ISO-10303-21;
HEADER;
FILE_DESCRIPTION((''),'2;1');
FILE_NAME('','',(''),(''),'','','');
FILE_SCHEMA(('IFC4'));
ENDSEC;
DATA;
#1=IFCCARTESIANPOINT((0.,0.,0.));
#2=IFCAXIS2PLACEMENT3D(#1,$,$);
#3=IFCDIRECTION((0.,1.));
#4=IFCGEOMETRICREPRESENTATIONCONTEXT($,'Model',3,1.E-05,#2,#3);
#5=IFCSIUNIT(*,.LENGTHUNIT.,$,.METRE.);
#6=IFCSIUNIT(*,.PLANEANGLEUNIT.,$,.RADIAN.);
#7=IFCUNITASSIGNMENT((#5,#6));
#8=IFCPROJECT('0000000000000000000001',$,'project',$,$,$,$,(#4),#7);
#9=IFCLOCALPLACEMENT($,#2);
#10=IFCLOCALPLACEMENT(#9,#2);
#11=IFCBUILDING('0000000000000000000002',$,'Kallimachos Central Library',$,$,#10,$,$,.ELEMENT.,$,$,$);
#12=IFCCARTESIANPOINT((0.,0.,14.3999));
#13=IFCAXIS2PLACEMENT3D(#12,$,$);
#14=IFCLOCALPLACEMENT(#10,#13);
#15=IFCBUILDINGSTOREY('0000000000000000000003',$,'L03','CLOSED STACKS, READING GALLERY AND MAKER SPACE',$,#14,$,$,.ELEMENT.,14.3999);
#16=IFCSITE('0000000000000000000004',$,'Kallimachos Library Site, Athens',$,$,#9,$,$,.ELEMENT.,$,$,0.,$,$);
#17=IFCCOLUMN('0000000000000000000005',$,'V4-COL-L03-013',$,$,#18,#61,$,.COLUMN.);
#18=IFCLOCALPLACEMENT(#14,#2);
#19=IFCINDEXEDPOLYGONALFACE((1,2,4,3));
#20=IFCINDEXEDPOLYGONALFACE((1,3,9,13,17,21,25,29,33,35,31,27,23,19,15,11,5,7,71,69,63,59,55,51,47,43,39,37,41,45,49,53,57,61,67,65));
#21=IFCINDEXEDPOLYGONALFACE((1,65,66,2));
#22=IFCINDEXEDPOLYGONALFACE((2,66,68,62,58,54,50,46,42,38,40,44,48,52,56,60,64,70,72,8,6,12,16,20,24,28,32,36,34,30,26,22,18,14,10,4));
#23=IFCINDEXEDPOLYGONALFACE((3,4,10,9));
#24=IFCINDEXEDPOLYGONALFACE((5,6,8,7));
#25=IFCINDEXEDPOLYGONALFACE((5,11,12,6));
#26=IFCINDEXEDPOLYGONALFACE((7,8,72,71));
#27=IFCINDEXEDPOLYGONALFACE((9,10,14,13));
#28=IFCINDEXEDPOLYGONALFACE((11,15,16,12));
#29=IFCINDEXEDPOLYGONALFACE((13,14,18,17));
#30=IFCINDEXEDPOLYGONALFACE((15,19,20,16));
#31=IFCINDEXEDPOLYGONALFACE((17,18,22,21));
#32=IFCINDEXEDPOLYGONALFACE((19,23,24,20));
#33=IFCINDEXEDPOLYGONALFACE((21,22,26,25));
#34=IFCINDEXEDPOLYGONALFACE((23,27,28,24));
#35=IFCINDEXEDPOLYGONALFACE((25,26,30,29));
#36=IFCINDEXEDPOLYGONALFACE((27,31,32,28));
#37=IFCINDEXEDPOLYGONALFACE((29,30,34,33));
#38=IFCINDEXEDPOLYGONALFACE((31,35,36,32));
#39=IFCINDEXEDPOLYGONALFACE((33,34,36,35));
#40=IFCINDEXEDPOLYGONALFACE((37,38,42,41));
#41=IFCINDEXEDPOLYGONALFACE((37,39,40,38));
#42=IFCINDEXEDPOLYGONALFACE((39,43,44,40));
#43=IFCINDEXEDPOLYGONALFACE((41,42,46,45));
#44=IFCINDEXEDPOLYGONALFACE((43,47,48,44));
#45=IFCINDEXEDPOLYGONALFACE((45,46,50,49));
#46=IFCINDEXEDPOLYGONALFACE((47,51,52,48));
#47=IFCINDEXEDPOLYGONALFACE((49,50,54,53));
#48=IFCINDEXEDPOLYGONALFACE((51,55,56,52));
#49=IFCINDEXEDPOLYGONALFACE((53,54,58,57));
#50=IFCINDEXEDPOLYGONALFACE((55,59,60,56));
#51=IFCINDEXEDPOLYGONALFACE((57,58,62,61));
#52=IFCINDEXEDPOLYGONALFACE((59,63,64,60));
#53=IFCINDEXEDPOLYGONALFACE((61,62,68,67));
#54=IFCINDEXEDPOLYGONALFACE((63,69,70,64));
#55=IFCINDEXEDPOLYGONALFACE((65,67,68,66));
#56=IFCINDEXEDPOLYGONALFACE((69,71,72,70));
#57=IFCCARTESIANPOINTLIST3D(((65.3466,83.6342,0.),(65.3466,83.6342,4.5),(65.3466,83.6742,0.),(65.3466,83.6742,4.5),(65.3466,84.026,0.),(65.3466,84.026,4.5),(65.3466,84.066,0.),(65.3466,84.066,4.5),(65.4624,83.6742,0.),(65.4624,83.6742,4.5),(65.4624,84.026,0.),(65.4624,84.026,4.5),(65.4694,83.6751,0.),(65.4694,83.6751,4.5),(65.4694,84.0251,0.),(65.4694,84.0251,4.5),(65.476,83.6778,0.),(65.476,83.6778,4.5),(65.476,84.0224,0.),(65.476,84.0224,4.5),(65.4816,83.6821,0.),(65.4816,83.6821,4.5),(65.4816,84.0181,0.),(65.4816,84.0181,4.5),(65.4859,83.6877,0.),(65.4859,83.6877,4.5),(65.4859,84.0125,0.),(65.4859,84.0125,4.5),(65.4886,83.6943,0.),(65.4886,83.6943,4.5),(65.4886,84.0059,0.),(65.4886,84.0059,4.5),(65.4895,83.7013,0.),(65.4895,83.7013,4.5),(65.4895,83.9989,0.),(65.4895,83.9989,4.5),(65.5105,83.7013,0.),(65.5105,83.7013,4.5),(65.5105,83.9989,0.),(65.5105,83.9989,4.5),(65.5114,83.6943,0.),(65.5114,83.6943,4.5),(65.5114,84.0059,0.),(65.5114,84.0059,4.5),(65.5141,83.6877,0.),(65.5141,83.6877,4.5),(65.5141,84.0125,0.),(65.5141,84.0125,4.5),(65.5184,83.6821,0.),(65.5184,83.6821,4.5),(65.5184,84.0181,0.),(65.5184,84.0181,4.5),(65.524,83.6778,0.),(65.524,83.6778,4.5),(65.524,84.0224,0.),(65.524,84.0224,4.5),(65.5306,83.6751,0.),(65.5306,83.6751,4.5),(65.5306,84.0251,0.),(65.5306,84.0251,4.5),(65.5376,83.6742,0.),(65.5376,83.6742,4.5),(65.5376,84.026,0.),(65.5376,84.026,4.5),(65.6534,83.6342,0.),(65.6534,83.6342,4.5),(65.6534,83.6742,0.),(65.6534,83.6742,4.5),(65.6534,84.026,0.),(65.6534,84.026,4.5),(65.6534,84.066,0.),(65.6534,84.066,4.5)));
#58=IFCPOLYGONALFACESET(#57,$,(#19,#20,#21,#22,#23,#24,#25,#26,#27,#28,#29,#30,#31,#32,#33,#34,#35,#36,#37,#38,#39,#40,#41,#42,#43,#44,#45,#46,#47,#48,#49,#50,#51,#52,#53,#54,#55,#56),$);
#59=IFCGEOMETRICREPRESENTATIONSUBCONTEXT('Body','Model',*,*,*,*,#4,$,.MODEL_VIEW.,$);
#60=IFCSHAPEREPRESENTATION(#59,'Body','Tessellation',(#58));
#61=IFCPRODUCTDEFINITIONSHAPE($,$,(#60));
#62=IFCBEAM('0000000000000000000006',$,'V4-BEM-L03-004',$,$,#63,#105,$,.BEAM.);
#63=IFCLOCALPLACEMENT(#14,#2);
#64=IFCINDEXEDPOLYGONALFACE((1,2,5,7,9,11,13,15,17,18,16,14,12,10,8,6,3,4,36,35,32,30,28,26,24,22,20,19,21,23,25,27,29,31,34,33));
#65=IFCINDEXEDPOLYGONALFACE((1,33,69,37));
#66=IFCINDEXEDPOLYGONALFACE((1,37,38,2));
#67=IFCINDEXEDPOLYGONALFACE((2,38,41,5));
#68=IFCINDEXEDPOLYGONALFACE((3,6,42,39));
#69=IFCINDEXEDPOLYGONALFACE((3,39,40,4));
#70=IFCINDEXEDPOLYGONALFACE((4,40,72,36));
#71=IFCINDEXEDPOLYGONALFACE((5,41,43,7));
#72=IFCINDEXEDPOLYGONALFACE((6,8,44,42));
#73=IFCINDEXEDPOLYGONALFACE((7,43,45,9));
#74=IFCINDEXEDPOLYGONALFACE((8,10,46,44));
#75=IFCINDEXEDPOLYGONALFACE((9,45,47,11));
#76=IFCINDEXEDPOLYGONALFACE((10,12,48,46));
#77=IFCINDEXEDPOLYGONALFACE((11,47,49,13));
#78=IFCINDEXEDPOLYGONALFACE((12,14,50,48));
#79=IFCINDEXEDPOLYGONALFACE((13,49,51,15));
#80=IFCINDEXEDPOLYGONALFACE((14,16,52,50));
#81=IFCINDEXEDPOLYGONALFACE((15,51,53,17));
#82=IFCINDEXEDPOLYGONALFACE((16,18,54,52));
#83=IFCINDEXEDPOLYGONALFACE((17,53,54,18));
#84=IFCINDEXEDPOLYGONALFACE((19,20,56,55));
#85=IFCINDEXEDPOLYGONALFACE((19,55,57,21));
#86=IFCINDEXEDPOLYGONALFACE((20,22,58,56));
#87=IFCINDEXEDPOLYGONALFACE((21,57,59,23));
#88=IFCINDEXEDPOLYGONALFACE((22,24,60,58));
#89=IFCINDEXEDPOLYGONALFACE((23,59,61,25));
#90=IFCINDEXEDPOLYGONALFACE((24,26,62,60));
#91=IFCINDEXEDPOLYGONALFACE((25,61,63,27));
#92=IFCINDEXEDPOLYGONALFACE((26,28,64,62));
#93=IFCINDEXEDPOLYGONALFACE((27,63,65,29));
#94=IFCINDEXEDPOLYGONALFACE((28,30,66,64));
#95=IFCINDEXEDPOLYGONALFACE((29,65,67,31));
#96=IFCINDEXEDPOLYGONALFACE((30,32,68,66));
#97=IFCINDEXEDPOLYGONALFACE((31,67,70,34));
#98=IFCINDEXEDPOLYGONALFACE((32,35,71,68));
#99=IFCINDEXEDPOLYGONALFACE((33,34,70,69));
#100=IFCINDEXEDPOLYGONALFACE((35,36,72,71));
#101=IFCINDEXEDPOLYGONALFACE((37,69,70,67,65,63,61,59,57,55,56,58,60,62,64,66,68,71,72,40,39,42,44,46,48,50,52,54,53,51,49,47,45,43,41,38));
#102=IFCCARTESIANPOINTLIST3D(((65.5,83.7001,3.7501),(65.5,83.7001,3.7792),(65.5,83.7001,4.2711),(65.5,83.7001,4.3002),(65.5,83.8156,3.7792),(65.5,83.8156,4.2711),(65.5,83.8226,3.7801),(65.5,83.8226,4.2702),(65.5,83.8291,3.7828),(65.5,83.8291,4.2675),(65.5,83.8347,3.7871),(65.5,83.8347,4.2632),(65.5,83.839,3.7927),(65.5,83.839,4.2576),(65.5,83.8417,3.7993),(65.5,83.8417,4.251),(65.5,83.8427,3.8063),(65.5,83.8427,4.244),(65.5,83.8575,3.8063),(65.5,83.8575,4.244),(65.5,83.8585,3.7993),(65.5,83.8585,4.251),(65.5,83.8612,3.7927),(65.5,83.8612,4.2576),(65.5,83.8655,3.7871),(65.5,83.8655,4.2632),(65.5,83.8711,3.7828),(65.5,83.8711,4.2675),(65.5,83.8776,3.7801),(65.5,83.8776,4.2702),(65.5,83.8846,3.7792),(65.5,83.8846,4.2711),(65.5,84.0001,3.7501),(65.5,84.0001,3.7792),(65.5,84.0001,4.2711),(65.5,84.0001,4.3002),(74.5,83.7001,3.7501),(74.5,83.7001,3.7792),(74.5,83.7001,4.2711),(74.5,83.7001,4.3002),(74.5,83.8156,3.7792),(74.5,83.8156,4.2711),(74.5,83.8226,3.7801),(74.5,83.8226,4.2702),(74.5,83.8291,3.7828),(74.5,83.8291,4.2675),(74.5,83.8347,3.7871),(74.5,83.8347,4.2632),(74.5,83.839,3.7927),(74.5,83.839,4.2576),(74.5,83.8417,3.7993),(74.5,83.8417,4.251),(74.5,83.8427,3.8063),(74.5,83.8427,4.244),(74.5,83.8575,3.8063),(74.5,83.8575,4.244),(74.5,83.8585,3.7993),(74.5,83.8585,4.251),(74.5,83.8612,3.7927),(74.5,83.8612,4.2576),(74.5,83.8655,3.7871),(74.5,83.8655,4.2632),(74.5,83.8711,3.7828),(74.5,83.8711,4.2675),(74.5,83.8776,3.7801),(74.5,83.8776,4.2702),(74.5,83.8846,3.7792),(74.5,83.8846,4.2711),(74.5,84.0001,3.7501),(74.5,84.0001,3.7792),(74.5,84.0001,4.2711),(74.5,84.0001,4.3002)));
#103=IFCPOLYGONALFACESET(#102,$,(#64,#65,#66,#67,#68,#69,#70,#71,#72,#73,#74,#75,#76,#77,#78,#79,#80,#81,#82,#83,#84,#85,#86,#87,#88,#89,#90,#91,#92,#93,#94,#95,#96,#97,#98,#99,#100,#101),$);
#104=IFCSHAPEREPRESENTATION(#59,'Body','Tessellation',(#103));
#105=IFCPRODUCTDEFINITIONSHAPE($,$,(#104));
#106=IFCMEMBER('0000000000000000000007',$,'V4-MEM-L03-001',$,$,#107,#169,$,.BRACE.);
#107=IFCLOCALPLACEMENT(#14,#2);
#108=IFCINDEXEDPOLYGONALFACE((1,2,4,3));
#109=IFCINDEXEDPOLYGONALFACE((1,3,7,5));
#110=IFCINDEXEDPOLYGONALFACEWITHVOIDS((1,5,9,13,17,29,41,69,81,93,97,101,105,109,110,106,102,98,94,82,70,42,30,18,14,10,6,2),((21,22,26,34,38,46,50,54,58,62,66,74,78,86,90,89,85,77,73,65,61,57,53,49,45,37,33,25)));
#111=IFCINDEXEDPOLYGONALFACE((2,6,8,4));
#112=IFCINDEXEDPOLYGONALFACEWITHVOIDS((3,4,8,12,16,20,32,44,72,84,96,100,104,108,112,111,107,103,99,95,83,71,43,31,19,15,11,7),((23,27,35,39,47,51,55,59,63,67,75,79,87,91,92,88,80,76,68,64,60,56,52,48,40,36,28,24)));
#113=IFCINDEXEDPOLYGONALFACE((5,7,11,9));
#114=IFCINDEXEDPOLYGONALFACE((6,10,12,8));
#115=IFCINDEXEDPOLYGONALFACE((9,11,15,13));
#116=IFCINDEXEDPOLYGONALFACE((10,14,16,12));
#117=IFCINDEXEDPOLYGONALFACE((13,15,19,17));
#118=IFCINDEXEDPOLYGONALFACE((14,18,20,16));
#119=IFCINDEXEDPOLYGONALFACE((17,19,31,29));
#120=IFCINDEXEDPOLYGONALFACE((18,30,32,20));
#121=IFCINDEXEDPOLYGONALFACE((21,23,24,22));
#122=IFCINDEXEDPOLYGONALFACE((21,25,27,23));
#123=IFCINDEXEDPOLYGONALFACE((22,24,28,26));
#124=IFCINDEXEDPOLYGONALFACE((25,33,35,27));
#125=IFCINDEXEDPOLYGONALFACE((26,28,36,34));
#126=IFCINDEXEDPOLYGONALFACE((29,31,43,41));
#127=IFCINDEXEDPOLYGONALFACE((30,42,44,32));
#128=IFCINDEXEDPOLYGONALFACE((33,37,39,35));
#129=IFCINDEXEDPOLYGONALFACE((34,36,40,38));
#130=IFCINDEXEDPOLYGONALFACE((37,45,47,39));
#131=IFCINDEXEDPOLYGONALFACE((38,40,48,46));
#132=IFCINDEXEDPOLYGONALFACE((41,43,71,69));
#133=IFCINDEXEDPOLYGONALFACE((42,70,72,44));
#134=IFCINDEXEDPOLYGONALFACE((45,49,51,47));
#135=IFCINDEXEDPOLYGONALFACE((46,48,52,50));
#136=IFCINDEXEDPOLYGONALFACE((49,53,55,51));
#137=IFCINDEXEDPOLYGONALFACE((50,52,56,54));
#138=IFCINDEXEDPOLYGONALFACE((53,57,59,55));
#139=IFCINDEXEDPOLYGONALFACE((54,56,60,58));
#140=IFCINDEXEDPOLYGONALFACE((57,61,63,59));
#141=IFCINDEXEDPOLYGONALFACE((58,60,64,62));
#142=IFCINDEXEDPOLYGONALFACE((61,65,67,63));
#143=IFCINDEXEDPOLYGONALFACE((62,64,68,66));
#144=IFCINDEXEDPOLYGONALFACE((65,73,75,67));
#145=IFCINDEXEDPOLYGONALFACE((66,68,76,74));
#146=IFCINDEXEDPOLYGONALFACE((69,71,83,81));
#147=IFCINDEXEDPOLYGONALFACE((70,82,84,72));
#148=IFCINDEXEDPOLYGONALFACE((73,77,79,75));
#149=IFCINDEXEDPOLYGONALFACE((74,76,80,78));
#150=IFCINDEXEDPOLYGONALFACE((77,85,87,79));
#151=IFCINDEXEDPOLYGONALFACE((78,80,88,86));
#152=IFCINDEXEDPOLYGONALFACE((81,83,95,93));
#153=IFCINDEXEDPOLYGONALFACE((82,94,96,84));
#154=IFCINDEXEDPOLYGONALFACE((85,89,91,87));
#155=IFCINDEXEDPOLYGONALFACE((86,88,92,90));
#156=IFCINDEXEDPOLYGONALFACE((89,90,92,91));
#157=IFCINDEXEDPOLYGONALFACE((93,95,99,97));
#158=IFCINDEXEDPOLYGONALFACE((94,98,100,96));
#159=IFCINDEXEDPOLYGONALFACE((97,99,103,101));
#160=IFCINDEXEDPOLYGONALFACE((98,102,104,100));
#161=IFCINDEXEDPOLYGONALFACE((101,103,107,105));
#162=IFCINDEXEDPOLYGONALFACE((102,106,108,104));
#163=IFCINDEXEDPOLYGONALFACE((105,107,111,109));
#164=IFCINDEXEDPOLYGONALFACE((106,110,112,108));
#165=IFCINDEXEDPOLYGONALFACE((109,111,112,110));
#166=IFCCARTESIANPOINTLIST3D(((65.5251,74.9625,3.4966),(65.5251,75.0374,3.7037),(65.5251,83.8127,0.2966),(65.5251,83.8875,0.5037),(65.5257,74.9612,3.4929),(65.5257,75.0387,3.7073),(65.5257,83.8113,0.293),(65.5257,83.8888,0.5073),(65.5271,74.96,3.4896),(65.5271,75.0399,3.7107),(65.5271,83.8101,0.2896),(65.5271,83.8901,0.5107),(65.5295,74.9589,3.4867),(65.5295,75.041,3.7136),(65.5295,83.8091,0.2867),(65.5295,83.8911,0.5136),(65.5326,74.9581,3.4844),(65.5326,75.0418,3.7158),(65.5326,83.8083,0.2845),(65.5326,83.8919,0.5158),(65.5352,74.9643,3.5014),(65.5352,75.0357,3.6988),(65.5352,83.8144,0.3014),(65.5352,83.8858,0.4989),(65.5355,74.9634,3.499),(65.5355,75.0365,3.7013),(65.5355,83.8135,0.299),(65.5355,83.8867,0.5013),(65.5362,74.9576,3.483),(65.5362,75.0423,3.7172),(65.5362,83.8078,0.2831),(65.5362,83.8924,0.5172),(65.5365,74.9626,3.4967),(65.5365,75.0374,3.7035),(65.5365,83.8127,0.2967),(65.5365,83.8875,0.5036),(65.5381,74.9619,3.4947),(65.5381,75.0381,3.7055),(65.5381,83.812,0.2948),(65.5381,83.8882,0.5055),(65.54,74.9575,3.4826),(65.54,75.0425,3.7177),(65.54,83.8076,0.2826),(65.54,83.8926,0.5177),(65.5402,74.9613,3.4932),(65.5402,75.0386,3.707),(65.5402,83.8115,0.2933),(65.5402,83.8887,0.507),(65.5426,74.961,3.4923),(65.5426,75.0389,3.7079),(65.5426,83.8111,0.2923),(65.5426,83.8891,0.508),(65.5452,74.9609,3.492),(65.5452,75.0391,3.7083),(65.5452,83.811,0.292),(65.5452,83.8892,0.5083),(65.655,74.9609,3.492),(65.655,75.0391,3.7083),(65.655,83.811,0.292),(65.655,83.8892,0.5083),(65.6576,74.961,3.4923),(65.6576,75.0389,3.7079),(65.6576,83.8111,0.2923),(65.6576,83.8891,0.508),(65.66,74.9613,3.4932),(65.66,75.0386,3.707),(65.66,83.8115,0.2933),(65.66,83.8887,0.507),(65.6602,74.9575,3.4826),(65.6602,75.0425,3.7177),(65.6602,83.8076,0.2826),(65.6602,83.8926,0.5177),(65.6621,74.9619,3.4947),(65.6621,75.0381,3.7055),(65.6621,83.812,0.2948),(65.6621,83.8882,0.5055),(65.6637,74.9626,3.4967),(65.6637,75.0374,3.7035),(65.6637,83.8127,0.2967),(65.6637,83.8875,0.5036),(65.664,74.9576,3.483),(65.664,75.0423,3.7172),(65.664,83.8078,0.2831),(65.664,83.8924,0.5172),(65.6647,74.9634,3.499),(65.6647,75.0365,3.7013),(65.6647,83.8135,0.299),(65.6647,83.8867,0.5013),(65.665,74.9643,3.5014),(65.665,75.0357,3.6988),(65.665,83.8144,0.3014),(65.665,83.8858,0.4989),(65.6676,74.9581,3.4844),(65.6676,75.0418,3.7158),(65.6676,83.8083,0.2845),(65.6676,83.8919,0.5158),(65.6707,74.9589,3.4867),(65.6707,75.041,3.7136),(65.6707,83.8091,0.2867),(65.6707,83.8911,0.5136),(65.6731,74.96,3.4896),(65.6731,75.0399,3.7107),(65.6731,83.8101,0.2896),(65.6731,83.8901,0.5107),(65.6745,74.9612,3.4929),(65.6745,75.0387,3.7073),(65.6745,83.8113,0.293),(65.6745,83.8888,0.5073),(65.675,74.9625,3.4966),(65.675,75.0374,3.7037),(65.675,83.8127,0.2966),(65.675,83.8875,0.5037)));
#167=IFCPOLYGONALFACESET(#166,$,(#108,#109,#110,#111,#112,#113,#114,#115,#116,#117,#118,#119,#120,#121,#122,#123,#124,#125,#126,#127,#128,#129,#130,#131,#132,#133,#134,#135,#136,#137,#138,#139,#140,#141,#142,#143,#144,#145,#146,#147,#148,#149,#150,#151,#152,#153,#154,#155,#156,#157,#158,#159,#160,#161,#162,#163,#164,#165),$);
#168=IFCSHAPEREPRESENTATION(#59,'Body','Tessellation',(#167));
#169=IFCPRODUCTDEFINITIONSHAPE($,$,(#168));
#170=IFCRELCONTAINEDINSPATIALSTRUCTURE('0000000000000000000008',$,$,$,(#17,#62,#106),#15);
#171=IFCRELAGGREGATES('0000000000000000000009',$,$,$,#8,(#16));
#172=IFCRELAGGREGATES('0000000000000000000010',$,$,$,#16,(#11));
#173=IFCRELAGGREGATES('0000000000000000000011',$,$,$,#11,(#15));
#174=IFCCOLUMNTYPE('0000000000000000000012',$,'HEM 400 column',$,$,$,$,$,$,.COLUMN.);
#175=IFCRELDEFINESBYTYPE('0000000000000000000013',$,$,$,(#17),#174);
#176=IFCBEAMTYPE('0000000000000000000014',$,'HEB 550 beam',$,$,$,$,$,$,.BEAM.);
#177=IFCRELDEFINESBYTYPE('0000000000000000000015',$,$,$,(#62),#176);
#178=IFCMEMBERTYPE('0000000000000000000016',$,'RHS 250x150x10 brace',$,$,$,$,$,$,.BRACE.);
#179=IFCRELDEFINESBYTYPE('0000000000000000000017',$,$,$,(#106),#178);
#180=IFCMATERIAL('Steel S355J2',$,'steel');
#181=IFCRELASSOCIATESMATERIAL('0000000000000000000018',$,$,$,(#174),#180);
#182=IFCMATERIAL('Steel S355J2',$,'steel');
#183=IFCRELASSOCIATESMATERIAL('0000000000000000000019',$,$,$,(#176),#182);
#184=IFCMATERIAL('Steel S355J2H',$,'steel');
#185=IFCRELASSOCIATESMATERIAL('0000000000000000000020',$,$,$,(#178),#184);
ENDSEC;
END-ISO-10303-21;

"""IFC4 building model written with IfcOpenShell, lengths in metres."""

from ifc_helpers import new_model, si_unit, direction, frame, origin, origin_2d, place, context, subcontext, project, spatial, hollow_rectangle, i_section, extrude, material, material_profile, profile_set, type_object, element, save


model = new_model("IFC4")

# Units and contexts
model_context = context("Model", 3, precision=1e-05, world=origin(), true_north=direction((0.0, 1.0)))
body_context = subcontext(model_context, "Body", "Model", "MODEL_VIEW")
ifc_project = project(units=[si_unit("LENGTHUNIT", "METRE"), si_unit("PLANEANGLEUNIT", "RADIAN")], contexts=[model_context])

# Site, building, storey
site_placement = place(None, origin())
site = spatial("IfcSite", under=ifc_project, at=site_placement, Name="Kallimachos Library Site, Athens", CompositionType="ELEMENT", RefElevation=0.0)
building_placement = place(site_placement, origin())
building = spatial("IfcBuilding", under=site, at=building_placement, Name="Kallimachos Central Library", CompositionType="ELEMENT")
storey_placement = place(building_placement, frame((0.0, 0.0, 14.3999)))
storey = spatial("IfcBuildingStorey", under=building, at=storey_placement, Name="L03", Description="CLOSED STACKS, READING GALLERY AND MAKER SPACE", CompositionType="ELEMENT", Elevation=14.3999)

# Column
ifc_material_1 = material(Name="Steel S355J2", Category="steel")
ifc_material_profile_1 = material_profile(ifc_material_1, i_section(OverallWidth=0.3069, OverallDepth=0.4319, WebThickness=0.021, FlangeThickness=0.04, FilletRadius=0.0271, at=origin_2d()), Name="HEM 400")
ifc_profile_set_1 = profile_set([ifc_material_profile_1], Name="Steel S355J2")
column_type = type_object("IfcColumnType", Name="HEM 400 column", PredefinedType="COLUMN", material=ifc_profile_set_1)
column_placement = place(storey_placement, frame((65.5, 83.8501, 0.0), z_axis=(0.0, 0.0, 1.0), x_axis=(1.0, 0.0, 0.0)))
element("IfcColumn", 1, at=column_placement, inside=storey, type_object=column_type, Name="V4-COL-L03-013", PredefinedType="COLUMN", context=body_context, shape_type="SweptSolid", body=[
    extrude(i_section(OverallWidth=0.3069, OverallDepth=0.4319, WebThickness=0.021, FlangeThickness=0.04, FilletRadius=0.0271, at=origin_2d()), origin(), (0.0, 0.0, 1.0), 4.5),
])

# Beam
ifc_material_2 = material(Name="Steel S355J2", Category="steel")
ifc_material_profile_2 = material_profile(ifc_material_2, i_section(OverallWidth=0.3, OverallDepth=0.55, WebThickness=0.0149, FlangeThickness=0.0291, FilletRadius=0.0271, at=origin_2d()), Name="HEB 550")
ifc_profile_set_2 = profile_set([ifc_material_profile_2], Name="Steel S355J2")
beam_type = type_object("IfcBeamType", Name="HEB 550 beam", PredefinedType="BEAM", material=ifc_profile_set_2)
beam_placement = place(storey_placement, frame((65.5, 83.8501, 4.0251), z_axis=(1.0, 0.0, 0.0), x_axis=(0.0, 1.0, 0.0)))
element("IfcBeam", 2, at=beam_placement, inside=storey, type_object=beam_type, Name="V4-BEM-L03-004", PredefinedType="BEAM", context=body_context, shape_type="SweptSolid", body=[
    extrude(i_section(OverallWidth=0.3, OverallDepth=0.55, WebThickness=0.0149, FlangeThickness=0.0291, FilletRadius=0.0271, at=origin_2d()), origin(), (0.0, 0.0, 1.0), 9.0),
])

# Member
ifc_material_3 = material(Name="Steel S355J2H", Category="steel")
ifc_material_profile_3 = material_profile(ifc_material_3, hollow_rectangle(XDim=0.1499, YDim=0.25, WallThickness=0.01, InnerFilletRadius=0.01, OuterFilletRadius=0.0149, at=origin_2d()), Name="RHS 250x150x10")
ifc_profile_set_3 = profile_set([ifc_material_profile_3], Name="Steel S355J2H")
member_type = type_object("IfcMemberType", Name="RHS 250x150x10 brace", PredefinedType="BRACE", material=ifc_profile_set_3)
member_placement = place(storey_placement, frame((65.6001, 83.8501, 0.4001), z_axis=(0.0, -0.940415, 0.340028), x_axis=(1.0, 0.0, 0.0)))
element("IfcMember", 3, at=member_placement, inside=storey, type_object=member_type, Name="V4-MEM-L03-001", PredefinedType="BRACE", context=body_context, shape_type="SweptSolid", body=[
    extrude(hollow_rectangle(XDim=0.1499, YDim=0.25, WallThickness=0.01, InnerFilletRadius=0.01, OuterFilletRadius=0.0149, at=origin_2d()), origin(), (0.0, 0.0, 1.0), 9.4109),
])

save(model, "model.ifc")
